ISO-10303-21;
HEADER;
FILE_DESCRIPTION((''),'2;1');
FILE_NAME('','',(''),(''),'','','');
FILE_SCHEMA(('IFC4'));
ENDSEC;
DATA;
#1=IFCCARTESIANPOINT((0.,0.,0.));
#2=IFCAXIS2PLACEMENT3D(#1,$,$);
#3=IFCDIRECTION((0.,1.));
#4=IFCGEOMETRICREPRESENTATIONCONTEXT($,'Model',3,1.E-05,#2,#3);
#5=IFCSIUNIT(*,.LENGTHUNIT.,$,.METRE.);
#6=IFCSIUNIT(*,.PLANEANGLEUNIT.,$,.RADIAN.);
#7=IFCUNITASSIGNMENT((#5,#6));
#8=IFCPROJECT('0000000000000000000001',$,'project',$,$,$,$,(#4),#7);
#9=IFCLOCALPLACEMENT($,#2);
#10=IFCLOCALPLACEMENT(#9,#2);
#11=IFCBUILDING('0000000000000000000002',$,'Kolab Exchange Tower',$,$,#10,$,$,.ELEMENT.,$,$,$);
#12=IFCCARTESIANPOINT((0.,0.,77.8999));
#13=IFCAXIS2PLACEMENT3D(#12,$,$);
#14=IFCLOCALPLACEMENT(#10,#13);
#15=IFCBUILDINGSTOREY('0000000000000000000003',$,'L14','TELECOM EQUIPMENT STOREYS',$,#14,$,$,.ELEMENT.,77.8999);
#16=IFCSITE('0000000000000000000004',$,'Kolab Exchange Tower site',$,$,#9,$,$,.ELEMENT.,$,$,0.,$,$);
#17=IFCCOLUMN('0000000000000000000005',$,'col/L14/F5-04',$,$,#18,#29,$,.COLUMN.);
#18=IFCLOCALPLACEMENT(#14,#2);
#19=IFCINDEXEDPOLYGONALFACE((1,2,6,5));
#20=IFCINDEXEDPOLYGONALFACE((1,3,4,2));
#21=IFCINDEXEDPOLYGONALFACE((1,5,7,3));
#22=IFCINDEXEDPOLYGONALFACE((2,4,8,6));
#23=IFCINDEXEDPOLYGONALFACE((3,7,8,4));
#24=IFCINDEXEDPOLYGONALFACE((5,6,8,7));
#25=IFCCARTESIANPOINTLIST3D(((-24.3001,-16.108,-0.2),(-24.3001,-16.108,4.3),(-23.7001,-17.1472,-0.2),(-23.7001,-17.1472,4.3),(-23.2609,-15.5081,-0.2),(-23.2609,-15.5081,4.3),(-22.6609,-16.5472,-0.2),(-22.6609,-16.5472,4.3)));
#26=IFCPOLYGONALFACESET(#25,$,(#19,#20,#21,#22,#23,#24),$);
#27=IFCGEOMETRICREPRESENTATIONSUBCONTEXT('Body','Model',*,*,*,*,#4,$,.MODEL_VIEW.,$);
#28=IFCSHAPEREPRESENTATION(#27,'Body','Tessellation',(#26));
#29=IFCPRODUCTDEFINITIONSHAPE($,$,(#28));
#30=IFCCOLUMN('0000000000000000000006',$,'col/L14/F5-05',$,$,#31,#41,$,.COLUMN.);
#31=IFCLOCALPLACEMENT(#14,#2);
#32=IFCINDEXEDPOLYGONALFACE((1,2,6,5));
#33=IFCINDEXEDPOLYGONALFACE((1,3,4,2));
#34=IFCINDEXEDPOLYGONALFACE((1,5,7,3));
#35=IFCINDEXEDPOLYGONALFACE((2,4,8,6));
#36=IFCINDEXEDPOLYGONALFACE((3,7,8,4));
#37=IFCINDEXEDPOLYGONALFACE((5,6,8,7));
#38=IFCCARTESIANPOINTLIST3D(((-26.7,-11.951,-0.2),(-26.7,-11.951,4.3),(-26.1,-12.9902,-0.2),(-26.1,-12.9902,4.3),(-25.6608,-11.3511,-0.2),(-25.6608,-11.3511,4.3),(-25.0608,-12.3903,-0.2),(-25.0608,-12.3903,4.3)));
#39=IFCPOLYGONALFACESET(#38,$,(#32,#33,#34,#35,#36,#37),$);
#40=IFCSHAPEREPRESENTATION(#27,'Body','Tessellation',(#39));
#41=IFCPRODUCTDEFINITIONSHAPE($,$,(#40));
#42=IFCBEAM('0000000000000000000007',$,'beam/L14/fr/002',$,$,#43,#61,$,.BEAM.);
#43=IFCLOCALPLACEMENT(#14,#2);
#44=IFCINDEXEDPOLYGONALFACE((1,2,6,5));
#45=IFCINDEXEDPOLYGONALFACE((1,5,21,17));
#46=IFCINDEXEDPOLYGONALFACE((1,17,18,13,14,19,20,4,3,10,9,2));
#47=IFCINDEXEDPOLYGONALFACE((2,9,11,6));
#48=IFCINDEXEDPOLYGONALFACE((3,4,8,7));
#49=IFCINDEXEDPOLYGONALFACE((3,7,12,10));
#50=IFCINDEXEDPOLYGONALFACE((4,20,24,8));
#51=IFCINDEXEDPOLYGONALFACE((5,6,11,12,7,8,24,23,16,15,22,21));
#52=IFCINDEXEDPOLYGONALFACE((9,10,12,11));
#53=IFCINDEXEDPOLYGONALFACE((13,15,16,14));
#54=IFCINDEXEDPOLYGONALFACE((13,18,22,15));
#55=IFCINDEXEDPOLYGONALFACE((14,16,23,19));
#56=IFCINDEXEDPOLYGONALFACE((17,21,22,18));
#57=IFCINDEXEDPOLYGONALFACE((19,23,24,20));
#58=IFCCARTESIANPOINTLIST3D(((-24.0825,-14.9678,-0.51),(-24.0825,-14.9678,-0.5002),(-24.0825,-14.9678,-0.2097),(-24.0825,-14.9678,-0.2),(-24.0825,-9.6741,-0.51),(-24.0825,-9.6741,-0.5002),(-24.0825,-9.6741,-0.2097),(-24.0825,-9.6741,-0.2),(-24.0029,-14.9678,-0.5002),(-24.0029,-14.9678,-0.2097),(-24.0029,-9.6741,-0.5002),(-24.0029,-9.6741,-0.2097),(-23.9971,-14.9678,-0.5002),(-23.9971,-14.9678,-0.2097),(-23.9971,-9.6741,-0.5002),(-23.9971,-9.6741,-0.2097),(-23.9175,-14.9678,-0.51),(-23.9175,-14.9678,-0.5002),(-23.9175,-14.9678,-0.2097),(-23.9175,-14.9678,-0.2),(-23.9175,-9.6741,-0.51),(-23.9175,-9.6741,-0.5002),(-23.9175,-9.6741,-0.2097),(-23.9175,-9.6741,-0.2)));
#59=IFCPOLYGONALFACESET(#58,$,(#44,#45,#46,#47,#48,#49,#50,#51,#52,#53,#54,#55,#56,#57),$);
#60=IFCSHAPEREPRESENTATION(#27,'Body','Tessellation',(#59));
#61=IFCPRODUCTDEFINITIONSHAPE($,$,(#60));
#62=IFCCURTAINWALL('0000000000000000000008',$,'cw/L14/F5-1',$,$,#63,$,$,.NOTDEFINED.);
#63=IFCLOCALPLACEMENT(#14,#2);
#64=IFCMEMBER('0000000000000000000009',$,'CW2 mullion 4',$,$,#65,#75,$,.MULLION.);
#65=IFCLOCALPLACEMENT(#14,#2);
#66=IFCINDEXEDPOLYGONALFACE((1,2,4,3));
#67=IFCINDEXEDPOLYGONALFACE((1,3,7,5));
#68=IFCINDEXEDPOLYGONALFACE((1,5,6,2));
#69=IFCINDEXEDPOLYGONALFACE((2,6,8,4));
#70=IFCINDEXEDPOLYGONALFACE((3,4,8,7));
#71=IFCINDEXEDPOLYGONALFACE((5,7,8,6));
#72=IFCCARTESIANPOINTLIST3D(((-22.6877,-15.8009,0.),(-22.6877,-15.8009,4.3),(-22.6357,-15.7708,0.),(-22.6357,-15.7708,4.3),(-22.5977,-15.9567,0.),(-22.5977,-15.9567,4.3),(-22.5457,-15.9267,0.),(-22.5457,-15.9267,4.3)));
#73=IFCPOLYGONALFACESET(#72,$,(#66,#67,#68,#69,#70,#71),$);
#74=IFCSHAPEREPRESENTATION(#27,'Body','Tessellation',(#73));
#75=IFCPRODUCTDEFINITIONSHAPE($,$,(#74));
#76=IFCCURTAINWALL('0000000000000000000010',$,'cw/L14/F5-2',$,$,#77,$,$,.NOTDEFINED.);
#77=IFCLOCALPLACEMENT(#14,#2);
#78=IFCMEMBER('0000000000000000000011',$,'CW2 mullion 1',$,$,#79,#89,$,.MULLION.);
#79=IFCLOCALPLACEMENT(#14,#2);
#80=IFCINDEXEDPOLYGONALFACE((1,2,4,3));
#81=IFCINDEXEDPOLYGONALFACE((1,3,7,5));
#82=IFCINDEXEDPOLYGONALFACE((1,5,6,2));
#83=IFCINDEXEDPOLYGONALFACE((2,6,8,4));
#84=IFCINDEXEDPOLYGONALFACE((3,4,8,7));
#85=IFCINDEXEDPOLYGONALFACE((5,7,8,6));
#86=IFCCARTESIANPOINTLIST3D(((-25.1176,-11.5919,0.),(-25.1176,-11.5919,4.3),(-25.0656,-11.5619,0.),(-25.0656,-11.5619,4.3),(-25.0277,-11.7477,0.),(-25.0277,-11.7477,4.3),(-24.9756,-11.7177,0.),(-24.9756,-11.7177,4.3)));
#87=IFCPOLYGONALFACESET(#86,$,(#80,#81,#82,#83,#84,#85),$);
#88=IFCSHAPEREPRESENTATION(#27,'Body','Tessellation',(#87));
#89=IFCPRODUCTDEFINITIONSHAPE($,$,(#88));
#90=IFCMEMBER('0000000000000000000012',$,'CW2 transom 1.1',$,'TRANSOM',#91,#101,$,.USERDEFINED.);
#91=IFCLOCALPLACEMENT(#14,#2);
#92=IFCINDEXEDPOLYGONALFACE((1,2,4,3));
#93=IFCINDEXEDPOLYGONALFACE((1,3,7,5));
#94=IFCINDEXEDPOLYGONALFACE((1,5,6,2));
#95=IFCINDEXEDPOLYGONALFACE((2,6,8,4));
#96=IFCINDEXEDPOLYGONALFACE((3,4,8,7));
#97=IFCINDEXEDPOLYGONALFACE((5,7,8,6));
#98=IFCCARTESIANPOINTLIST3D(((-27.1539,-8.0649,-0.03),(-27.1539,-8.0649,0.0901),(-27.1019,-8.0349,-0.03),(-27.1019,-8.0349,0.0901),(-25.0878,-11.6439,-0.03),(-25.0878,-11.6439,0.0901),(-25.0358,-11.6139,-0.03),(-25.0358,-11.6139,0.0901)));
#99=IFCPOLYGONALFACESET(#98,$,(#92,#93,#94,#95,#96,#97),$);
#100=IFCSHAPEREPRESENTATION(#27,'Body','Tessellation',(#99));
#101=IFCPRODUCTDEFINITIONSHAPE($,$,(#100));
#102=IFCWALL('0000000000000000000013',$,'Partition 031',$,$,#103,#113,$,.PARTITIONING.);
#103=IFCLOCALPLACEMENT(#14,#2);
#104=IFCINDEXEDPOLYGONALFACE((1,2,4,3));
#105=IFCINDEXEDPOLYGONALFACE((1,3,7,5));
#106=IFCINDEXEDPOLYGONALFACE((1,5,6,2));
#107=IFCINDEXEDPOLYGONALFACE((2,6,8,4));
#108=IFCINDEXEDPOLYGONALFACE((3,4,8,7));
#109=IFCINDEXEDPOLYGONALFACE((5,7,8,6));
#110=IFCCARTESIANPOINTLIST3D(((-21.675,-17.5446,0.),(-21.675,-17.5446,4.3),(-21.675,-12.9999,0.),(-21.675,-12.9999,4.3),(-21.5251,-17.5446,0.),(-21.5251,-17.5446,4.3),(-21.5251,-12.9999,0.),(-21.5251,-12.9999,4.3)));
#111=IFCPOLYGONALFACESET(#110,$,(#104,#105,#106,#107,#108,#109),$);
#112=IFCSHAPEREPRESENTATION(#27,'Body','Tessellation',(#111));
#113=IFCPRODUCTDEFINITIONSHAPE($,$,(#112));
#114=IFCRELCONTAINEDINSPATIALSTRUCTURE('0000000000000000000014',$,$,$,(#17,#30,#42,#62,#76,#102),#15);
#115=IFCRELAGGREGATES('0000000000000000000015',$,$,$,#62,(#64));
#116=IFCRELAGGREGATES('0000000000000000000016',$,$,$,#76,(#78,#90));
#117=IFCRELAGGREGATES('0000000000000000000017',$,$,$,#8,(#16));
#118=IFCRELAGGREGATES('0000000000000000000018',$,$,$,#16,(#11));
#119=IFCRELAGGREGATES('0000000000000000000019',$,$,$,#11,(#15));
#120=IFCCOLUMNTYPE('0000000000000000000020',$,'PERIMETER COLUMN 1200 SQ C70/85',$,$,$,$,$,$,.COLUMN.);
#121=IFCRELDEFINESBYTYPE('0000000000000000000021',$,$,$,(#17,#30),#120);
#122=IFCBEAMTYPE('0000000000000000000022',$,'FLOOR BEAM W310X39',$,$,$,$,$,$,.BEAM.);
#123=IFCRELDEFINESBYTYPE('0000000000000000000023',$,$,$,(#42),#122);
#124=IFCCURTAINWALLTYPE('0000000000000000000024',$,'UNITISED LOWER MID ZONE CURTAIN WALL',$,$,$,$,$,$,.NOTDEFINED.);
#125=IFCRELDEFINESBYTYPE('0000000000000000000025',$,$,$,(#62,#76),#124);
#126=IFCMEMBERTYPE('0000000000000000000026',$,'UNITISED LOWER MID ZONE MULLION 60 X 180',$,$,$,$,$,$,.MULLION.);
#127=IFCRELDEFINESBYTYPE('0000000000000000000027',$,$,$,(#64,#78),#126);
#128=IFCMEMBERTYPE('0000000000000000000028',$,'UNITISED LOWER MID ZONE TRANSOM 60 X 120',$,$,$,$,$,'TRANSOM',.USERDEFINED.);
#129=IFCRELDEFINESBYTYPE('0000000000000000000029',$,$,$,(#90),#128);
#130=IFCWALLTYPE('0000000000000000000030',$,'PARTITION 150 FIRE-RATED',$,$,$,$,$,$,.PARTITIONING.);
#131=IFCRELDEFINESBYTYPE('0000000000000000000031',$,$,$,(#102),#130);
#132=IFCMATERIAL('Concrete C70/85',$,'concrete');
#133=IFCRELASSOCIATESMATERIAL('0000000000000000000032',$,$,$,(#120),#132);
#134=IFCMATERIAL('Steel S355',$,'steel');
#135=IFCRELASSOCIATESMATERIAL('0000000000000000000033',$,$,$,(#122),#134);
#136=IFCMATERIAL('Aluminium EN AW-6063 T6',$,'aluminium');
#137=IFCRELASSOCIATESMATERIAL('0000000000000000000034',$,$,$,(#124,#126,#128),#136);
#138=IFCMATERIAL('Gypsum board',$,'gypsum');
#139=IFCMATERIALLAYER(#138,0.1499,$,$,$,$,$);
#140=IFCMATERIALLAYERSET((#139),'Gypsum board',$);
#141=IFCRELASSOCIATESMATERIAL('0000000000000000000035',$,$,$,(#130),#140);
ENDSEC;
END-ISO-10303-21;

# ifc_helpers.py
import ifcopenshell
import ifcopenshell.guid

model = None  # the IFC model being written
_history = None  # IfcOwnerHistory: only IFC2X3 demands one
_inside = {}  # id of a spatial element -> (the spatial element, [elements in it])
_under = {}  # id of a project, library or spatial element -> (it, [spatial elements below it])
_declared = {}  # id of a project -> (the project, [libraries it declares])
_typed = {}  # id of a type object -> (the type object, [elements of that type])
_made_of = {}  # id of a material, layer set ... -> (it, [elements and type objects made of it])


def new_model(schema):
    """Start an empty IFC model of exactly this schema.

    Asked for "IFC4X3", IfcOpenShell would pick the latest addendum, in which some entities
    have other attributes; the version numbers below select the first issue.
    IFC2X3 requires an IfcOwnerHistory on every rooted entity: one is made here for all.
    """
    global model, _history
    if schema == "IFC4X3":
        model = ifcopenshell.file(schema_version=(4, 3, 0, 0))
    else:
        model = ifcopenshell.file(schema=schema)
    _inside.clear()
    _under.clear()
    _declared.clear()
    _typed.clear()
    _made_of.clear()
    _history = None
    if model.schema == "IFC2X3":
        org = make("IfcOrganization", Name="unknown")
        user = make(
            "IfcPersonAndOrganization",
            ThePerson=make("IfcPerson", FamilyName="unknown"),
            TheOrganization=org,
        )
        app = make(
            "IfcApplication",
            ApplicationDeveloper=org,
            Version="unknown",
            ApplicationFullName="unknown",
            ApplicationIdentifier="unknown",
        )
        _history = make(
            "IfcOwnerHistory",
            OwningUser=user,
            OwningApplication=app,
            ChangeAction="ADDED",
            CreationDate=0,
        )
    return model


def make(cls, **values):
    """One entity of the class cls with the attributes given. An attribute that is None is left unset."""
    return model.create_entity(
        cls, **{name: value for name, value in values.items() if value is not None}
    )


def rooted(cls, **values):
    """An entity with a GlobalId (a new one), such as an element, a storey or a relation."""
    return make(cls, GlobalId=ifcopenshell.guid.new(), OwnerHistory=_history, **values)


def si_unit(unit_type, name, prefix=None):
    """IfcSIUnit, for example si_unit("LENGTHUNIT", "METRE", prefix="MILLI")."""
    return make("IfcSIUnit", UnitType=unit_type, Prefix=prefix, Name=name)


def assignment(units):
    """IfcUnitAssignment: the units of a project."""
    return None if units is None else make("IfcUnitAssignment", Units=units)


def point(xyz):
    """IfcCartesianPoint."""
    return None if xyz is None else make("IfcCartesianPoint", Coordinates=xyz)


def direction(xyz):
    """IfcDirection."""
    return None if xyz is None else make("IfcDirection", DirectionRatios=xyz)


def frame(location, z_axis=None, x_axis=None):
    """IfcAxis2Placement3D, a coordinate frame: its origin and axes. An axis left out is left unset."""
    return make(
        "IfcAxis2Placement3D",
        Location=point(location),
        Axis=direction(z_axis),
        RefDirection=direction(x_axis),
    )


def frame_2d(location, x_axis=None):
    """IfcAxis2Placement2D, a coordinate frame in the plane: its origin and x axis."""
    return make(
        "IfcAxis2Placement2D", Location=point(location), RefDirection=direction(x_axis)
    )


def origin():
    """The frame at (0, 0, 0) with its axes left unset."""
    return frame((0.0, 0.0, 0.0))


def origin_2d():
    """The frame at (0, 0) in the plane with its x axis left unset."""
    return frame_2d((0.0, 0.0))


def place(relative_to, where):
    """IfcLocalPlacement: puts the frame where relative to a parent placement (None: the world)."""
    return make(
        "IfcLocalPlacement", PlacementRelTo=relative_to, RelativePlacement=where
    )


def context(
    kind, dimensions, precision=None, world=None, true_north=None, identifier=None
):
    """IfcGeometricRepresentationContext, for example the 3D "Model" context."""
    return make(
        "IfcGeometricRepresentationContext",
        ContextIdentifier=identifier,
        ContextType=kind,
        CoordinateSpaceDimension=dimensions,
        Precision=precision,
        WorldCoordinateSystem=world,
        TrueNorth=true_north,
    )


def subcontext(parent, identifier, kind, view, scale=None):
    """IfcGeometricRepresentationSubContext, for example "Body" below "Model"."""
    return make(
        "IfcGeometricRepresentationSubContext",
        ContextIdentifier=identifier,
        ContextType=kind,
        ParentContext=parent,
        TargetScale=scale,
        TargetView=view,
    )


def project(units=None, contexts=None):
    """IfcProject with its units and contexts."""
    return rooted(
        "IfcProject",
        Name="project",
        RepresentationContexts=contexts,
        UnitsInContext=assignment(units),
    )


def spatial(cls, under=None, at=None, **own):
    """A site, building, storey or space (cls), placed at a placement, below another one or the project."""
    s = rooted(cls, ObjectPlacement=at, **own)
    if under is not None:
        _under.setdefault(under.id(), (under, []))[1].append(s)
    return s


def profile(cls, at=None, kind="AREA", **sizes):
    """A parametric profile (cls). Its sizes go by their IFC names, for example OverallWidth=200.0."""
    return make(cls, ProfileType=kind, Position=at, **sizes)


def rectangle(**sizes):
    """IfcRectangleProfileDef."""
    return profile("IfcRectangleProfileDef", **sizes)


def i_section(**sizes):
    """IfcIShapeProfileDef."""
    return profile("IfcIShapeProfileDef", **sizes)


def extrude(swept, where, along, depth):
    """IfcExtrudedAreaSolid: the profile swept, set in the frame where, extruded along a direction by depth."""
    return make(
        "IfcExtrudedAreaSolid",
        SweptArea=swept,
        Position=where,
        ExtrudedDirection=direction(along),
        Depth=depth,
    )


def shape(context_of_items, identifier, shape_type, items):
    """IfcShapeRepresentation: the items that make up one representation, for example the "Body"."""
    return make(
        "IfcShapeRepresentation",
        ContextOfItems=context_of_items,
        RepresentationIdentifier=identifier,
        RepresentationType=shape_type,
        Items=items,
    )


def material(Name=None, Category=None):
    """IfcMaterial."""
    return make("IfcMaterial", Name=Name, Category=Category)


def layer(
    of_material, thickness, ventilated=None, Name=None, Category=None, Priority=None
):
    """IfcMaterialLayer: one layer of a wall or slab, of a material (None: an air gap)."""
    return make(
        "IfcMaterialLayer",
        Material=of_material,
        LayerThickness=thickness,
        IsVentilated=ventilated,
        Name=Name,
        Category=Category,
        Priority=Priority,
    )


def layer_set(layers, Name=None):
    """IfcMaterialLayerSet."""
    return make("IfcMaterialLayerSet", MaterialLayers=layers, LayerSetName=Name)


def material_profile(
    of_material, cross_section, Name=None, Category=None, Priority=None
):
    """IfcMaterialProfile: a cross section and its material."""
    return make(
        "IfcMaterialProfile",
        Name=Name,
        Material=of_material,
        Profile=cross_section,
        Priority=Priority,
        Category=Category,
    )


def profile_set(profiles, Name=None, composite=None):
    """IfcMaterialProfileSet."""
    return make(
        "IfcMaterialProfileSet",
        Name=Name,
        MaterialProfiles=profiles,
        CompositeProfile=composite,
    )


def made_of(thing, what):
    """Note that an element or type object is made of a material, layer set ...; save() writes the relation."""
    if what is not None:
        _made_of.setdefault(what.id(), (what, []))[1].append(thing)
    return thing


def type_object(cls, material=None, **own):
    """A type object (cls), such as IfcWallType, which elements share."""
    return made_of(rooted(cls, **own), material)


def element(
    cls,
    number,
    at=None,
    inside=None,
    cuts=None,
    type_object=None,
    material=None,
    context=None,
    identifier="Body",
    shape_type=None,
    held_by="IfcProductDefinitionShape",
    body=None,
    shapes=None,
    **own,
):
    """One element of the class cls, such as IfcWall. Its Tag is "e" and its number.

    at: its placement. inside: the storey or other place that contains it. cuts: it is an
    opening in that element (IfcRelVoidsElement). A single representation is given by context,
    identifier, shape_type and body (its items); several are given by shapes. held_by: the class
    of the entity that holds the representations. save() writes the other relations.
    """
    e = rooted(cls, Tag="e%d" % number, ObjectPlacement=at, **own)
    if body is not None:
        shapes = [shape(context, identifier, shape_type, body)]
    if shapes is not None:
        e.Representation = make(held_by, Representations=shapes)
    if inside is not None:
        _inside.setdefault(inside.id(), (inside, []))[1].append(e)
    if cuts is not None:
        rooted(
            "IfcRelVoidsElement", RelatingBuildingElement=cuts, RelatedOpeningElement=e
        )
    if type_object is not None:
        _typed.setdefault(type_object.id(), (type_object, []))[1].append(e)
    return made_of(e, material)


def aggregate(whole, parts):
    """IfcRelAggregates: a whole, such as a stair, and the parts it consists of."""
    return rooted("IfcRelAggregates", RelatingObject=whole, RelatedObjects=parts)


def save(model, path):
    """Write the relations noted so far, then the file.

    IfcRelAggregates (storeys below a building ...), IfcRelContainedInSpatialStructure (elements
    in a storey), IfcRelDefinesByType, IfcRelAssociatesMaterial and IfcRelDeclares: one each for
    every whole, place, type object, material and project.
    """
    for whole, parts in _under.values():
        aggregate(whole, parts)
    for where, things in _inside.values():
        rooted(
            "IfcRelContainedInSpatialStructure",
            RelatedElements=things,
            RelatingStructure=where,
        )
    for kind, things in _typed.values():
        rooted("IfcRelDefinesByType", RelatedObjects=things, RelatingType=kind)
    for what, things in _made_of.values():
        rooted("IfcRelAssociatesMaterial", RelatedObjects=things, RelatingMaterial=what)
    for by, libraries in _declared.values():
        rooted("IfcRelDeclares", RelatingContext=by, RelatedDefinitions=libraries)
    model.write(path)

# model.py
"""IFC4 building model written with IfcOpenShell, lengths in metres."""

from ifc_helpers import new_model, si_unit, direction, frame, frame_2d, origin, origin_2d, place, context, subcontext, project, spatial, rectangle, i_section, extrude, material, layer, layer_set, material_profile, profile_set, type_object, element, aggregate, save


model = new_model("IFC4")

# Units and contexts
model_context = context("Model", 3, precision=1e-05, world=origin(), true_north=direction((0.0, 1.0)))
body_context = subcontext(model_context, "Body", "Model", "MODEL_VIEW")
ifc_project = project(units=[si_unit("LENGTHUNIT", "METRE"), si_unit("PLANEANGLEUNIT", "RADIAN")], contexts=[model_context])

# Site, building, storey
site_placement = place(None, origin())
site = spatial("IfcSite", under=ifc_project, at=site_placement, Name="Kolab Exchange Tower site", CompositionType="ELEMENT", RefElevation=0.0)
building_placement = place(site_placement, origin())
building = spatial("IfcBuilding", under=site, at=building_placement, Name="Kolab Exchange Tower", CompositionType="ELEMENT")
storey_placement = place(building_placement, frame((0.0, 0.0, 77.8999)))
storey = spatial("IfcBuildingStorey", under=building, at=storey_placement, Name="L14", Description="TELECOM EQUIPMENT STOREYS", CompositionType="ELEMENT", Elevation=77.8999)

# Columns
ifc_material_1 = material(Name="Concrete C70/85", Category="concrete")
ifc_material_profile_1 = material_profile(ifc_material_1, rectangle(XDim=1.2, YDim=1.2, at=origin_2d()), Name="RC1200")
ifc_profile_set_1 = profile_set([ifc_material_profile_1], Name="Concrete C70/85")
column_type = type_object("IfcColumnType", Name="PERIMETER COLUMN 1200 SQ C70/85", PredefinedType="COLUMN", material=ifc_profile_set_1)
for number, where, z_axis, x_axis, name in (
    (1, (-23.4805, -16.3276, -0.2), (0.0, 0.0, 1.0), (0.866025, 0.5, 0.0), "col/L14/F5-04"),
    (2, (-25.8804, -12.1707, -0.2), (0.0, 0.0, 1.0), (0.866025, 0.5, 0.0), "col/L14/F5-05"),
):
    element("IfcColumn", number, at=place(storey_placement, frame(where, z_axis=z_axis, x_axis=x_axis)), inside=storey, type_object=column_type, Name=name, PredefinedType="COLUMN", context=body_context, shape_type="SweptSolid", body=[
        extrude(rectangle(XDim=1.2, YDim=1.2, at=origin_2d()), origin(), (0.0, 0.0, 1.0), 4.5),
    ])

# Beam
ifc_material_2 = material(Name="Steel S355", Category="steel")
ifc_material_profile_2 = material_profile(ifc_material_2, i_section(OverallWidth=0.165, OverallDepth=0.3101, WebThickness=0.0059, FlangeThickness=0.0098, at=origin_2d()), Name="W310X39")
ifc_profile_set_2 = profile_set([ifc_material_profile_2], Name="Steel S355")
beam_type = type_object("IfcBeamType", Name="FLOOR BEAM W310X39", PredefinedType="BEAM", material=ifc_profile_set_2)
beam_placement = place(storey_placement, frame((-24.0, -14.9678, -0.355), z_axis=(0.0, 1.0, 0.0), x_axis=(-1.0, 0.0, 0.0)))
element("IfcBeam", 3, at=beam_placement, inside=storey, type_object=beam_type, Name="beam/L14/fr/002", PredefinedType="BEAM", context=body_context, shape_type="SweptSolid", body=[
    extrude(i_section(OverallWidth=0.165, OverallDepth=0.3101, WebThickness=0.0059, FlangeThickness=0.0098, at=origin_2d()), origin(), (0.0, 0.0, 1.0), 5.2937),
])

# Curtain wall, member
ifc_material_3 = material(Name="Aluminium EN AW-6063 T6", Category="aluminium")
curtain_wall_type = type_object("IfcCurtainWallType", Name="UNITISED LOWER MID ZONE CURTAIN WALL", PredefinedType="NOTDEFINED", material=ifc_material_3)
curtain_wall_1_placement = place(storey_placement, origin())
curtain_wall_1 = element("IfcCurtainWall", 4, at=curtain_wall_1_placement, inside=storey, type_object=curtain_wall_type, Name="cw/L14/F5-1", PredefinedType="NOTDEFINED")
ifc_material_profile_3 = material_profile(ifc_material_3, rectangle(XDim=0.0601, YDim=0.1799, at=origin_2d()), Name="RECT 60X180")
ifc_profile_set_3 = profile_set([ifc_material_profile_3], Name="Aluminium EN AW-6063 T6")
member_type_1 = type_object("IfcMemberType", Name="UNITISED LOWER MID ZONE MULLION 60 X 180", PredefinedType="MULLION", material=ifc_profile_set_3)
member_1_placement = place(storey_placement, frame((-22.6167, -15.8638, 0.0), z_axis=(0.0, 0.0, 1.0), x_axis=(-0.866025, -0.5, 0.0)))
member_1 = element("IfcMember", 5, at=member_1_placement, type_object=member_type_1, Name="CW2 mullion 4", PredefinedType="MULLION", context=body_context, shape_type="SweptSolid", body=[
    extrude(rectangle(XDim=0.0601, YDim=0.1799, at=origin_2d()), origin(), (0.0, 0.0, 1.0), 4.3),
])
aggregate(curtain_wall_1, [member_1])

# Curtain wall, members
curtain_wall_2_placement = place(storey_placement, origin())
curtain_wall_2 = element("IfcCurtainWall", 6, at=curtain_wall_2_placement, inside=storey, type_object=curtain_wall_type, Name="cw/L14/F5-2", PredefinedType="NOTDEFINED")
member_2_placement = place(storey_placement, frame((-25.0466, -11.6548, 0.0), z_axis=(0.0, 0.0, 1.0), x_axis=(-0.866025, -0.5, 0.0)))
member_2 = element("IfcMember", 7, at=member_2_placement, type_object=member_type_1, Name="CW2 mullion 1", PredefinedType="MULLION", context=body_context, shape_type="SweptSolid", body=[
    extrude(rectangle(XDim=0.0601, YDim=0.1799, at=origin_2d()), origin(), (0.0, 0.0, 1.0), 4.3),
])
ifc_material_profile_4 = material_profile(ifc_material_3, rectangle(XDim=0.0601, YDim=0.1201, at=origin_2d()), Name="RECT 60X120")
ifc_profile_set_4 = profile_set([ifc_material_profile_4], Name="Aluminium EN AW-6063 T6")
member_type_2 = type_object("IfcMemberType", Name="UNITISED LOWER MID ZONE TRANSOM 60 X 120", ElementType="TRANSOM", PredefinedType="USERDEFINED", material=ifc_profile_set_4)
member_3_placement = place(storey_placement, frame((-25.0618, -11.6289, 0.03), z_axis=(-0.499958, 0.86605, 0.0), x_axis=(-0.86605, -0.499958, 0.0)))
member_3 = element("IfcMember", 8, at=member_3_placement, type_object=member_type_2, Name="CW2 transom 1.1", ObjectType="TRANSOM", PredefinedType="USERDEFINED", context=body_context, shape_type="SweptSolid", body=[
    extrude(rectangle(XDim=0.0601, YDim=0.1201, at=origin_2d()), origin(), (0.0, 0.0, 1.0), 4.1326),
])
aggregate(curtain_wall_2, [member_2, member_3])

# Wall
ifc_material_4 = material(Name="Gypsum board", Category="gypsum")
ifc_layer_1 = layer(ifc_material_4, 0.1499)
ifc_layer_set_1 = layer_set([ifc_layer_1], Name="Gypsum board")
wall_type_1 = type_object("IfcWallType", Name="PARTITION 150 FIRE-RATED", PredefinedType="PARTITIONING", material=ifc_layer_set_1)
wall_1_placement = place(storey_placement, frame((-21.6001, -17.5447, 0.0), z_axis=(0.0, 0.0, 1.0), x_axis=(0.0, 1.0, 0.0)))
element("IfcWall", 9, at=wall_1_placement, inside=storey, type_object=wall_type_1, Name="Partition 031", PredefinedType="PARTITIONING", context=body_context, shape_type="SweptSolid", body=[
    extrude(rectangle(XDim=4.5447, YDim=0.1499, at=frame_2d((2.2725, 0.0))), origin(), (0.0, 0.0, 1.0), 4.3),
])

save(model, "model.ifc")
